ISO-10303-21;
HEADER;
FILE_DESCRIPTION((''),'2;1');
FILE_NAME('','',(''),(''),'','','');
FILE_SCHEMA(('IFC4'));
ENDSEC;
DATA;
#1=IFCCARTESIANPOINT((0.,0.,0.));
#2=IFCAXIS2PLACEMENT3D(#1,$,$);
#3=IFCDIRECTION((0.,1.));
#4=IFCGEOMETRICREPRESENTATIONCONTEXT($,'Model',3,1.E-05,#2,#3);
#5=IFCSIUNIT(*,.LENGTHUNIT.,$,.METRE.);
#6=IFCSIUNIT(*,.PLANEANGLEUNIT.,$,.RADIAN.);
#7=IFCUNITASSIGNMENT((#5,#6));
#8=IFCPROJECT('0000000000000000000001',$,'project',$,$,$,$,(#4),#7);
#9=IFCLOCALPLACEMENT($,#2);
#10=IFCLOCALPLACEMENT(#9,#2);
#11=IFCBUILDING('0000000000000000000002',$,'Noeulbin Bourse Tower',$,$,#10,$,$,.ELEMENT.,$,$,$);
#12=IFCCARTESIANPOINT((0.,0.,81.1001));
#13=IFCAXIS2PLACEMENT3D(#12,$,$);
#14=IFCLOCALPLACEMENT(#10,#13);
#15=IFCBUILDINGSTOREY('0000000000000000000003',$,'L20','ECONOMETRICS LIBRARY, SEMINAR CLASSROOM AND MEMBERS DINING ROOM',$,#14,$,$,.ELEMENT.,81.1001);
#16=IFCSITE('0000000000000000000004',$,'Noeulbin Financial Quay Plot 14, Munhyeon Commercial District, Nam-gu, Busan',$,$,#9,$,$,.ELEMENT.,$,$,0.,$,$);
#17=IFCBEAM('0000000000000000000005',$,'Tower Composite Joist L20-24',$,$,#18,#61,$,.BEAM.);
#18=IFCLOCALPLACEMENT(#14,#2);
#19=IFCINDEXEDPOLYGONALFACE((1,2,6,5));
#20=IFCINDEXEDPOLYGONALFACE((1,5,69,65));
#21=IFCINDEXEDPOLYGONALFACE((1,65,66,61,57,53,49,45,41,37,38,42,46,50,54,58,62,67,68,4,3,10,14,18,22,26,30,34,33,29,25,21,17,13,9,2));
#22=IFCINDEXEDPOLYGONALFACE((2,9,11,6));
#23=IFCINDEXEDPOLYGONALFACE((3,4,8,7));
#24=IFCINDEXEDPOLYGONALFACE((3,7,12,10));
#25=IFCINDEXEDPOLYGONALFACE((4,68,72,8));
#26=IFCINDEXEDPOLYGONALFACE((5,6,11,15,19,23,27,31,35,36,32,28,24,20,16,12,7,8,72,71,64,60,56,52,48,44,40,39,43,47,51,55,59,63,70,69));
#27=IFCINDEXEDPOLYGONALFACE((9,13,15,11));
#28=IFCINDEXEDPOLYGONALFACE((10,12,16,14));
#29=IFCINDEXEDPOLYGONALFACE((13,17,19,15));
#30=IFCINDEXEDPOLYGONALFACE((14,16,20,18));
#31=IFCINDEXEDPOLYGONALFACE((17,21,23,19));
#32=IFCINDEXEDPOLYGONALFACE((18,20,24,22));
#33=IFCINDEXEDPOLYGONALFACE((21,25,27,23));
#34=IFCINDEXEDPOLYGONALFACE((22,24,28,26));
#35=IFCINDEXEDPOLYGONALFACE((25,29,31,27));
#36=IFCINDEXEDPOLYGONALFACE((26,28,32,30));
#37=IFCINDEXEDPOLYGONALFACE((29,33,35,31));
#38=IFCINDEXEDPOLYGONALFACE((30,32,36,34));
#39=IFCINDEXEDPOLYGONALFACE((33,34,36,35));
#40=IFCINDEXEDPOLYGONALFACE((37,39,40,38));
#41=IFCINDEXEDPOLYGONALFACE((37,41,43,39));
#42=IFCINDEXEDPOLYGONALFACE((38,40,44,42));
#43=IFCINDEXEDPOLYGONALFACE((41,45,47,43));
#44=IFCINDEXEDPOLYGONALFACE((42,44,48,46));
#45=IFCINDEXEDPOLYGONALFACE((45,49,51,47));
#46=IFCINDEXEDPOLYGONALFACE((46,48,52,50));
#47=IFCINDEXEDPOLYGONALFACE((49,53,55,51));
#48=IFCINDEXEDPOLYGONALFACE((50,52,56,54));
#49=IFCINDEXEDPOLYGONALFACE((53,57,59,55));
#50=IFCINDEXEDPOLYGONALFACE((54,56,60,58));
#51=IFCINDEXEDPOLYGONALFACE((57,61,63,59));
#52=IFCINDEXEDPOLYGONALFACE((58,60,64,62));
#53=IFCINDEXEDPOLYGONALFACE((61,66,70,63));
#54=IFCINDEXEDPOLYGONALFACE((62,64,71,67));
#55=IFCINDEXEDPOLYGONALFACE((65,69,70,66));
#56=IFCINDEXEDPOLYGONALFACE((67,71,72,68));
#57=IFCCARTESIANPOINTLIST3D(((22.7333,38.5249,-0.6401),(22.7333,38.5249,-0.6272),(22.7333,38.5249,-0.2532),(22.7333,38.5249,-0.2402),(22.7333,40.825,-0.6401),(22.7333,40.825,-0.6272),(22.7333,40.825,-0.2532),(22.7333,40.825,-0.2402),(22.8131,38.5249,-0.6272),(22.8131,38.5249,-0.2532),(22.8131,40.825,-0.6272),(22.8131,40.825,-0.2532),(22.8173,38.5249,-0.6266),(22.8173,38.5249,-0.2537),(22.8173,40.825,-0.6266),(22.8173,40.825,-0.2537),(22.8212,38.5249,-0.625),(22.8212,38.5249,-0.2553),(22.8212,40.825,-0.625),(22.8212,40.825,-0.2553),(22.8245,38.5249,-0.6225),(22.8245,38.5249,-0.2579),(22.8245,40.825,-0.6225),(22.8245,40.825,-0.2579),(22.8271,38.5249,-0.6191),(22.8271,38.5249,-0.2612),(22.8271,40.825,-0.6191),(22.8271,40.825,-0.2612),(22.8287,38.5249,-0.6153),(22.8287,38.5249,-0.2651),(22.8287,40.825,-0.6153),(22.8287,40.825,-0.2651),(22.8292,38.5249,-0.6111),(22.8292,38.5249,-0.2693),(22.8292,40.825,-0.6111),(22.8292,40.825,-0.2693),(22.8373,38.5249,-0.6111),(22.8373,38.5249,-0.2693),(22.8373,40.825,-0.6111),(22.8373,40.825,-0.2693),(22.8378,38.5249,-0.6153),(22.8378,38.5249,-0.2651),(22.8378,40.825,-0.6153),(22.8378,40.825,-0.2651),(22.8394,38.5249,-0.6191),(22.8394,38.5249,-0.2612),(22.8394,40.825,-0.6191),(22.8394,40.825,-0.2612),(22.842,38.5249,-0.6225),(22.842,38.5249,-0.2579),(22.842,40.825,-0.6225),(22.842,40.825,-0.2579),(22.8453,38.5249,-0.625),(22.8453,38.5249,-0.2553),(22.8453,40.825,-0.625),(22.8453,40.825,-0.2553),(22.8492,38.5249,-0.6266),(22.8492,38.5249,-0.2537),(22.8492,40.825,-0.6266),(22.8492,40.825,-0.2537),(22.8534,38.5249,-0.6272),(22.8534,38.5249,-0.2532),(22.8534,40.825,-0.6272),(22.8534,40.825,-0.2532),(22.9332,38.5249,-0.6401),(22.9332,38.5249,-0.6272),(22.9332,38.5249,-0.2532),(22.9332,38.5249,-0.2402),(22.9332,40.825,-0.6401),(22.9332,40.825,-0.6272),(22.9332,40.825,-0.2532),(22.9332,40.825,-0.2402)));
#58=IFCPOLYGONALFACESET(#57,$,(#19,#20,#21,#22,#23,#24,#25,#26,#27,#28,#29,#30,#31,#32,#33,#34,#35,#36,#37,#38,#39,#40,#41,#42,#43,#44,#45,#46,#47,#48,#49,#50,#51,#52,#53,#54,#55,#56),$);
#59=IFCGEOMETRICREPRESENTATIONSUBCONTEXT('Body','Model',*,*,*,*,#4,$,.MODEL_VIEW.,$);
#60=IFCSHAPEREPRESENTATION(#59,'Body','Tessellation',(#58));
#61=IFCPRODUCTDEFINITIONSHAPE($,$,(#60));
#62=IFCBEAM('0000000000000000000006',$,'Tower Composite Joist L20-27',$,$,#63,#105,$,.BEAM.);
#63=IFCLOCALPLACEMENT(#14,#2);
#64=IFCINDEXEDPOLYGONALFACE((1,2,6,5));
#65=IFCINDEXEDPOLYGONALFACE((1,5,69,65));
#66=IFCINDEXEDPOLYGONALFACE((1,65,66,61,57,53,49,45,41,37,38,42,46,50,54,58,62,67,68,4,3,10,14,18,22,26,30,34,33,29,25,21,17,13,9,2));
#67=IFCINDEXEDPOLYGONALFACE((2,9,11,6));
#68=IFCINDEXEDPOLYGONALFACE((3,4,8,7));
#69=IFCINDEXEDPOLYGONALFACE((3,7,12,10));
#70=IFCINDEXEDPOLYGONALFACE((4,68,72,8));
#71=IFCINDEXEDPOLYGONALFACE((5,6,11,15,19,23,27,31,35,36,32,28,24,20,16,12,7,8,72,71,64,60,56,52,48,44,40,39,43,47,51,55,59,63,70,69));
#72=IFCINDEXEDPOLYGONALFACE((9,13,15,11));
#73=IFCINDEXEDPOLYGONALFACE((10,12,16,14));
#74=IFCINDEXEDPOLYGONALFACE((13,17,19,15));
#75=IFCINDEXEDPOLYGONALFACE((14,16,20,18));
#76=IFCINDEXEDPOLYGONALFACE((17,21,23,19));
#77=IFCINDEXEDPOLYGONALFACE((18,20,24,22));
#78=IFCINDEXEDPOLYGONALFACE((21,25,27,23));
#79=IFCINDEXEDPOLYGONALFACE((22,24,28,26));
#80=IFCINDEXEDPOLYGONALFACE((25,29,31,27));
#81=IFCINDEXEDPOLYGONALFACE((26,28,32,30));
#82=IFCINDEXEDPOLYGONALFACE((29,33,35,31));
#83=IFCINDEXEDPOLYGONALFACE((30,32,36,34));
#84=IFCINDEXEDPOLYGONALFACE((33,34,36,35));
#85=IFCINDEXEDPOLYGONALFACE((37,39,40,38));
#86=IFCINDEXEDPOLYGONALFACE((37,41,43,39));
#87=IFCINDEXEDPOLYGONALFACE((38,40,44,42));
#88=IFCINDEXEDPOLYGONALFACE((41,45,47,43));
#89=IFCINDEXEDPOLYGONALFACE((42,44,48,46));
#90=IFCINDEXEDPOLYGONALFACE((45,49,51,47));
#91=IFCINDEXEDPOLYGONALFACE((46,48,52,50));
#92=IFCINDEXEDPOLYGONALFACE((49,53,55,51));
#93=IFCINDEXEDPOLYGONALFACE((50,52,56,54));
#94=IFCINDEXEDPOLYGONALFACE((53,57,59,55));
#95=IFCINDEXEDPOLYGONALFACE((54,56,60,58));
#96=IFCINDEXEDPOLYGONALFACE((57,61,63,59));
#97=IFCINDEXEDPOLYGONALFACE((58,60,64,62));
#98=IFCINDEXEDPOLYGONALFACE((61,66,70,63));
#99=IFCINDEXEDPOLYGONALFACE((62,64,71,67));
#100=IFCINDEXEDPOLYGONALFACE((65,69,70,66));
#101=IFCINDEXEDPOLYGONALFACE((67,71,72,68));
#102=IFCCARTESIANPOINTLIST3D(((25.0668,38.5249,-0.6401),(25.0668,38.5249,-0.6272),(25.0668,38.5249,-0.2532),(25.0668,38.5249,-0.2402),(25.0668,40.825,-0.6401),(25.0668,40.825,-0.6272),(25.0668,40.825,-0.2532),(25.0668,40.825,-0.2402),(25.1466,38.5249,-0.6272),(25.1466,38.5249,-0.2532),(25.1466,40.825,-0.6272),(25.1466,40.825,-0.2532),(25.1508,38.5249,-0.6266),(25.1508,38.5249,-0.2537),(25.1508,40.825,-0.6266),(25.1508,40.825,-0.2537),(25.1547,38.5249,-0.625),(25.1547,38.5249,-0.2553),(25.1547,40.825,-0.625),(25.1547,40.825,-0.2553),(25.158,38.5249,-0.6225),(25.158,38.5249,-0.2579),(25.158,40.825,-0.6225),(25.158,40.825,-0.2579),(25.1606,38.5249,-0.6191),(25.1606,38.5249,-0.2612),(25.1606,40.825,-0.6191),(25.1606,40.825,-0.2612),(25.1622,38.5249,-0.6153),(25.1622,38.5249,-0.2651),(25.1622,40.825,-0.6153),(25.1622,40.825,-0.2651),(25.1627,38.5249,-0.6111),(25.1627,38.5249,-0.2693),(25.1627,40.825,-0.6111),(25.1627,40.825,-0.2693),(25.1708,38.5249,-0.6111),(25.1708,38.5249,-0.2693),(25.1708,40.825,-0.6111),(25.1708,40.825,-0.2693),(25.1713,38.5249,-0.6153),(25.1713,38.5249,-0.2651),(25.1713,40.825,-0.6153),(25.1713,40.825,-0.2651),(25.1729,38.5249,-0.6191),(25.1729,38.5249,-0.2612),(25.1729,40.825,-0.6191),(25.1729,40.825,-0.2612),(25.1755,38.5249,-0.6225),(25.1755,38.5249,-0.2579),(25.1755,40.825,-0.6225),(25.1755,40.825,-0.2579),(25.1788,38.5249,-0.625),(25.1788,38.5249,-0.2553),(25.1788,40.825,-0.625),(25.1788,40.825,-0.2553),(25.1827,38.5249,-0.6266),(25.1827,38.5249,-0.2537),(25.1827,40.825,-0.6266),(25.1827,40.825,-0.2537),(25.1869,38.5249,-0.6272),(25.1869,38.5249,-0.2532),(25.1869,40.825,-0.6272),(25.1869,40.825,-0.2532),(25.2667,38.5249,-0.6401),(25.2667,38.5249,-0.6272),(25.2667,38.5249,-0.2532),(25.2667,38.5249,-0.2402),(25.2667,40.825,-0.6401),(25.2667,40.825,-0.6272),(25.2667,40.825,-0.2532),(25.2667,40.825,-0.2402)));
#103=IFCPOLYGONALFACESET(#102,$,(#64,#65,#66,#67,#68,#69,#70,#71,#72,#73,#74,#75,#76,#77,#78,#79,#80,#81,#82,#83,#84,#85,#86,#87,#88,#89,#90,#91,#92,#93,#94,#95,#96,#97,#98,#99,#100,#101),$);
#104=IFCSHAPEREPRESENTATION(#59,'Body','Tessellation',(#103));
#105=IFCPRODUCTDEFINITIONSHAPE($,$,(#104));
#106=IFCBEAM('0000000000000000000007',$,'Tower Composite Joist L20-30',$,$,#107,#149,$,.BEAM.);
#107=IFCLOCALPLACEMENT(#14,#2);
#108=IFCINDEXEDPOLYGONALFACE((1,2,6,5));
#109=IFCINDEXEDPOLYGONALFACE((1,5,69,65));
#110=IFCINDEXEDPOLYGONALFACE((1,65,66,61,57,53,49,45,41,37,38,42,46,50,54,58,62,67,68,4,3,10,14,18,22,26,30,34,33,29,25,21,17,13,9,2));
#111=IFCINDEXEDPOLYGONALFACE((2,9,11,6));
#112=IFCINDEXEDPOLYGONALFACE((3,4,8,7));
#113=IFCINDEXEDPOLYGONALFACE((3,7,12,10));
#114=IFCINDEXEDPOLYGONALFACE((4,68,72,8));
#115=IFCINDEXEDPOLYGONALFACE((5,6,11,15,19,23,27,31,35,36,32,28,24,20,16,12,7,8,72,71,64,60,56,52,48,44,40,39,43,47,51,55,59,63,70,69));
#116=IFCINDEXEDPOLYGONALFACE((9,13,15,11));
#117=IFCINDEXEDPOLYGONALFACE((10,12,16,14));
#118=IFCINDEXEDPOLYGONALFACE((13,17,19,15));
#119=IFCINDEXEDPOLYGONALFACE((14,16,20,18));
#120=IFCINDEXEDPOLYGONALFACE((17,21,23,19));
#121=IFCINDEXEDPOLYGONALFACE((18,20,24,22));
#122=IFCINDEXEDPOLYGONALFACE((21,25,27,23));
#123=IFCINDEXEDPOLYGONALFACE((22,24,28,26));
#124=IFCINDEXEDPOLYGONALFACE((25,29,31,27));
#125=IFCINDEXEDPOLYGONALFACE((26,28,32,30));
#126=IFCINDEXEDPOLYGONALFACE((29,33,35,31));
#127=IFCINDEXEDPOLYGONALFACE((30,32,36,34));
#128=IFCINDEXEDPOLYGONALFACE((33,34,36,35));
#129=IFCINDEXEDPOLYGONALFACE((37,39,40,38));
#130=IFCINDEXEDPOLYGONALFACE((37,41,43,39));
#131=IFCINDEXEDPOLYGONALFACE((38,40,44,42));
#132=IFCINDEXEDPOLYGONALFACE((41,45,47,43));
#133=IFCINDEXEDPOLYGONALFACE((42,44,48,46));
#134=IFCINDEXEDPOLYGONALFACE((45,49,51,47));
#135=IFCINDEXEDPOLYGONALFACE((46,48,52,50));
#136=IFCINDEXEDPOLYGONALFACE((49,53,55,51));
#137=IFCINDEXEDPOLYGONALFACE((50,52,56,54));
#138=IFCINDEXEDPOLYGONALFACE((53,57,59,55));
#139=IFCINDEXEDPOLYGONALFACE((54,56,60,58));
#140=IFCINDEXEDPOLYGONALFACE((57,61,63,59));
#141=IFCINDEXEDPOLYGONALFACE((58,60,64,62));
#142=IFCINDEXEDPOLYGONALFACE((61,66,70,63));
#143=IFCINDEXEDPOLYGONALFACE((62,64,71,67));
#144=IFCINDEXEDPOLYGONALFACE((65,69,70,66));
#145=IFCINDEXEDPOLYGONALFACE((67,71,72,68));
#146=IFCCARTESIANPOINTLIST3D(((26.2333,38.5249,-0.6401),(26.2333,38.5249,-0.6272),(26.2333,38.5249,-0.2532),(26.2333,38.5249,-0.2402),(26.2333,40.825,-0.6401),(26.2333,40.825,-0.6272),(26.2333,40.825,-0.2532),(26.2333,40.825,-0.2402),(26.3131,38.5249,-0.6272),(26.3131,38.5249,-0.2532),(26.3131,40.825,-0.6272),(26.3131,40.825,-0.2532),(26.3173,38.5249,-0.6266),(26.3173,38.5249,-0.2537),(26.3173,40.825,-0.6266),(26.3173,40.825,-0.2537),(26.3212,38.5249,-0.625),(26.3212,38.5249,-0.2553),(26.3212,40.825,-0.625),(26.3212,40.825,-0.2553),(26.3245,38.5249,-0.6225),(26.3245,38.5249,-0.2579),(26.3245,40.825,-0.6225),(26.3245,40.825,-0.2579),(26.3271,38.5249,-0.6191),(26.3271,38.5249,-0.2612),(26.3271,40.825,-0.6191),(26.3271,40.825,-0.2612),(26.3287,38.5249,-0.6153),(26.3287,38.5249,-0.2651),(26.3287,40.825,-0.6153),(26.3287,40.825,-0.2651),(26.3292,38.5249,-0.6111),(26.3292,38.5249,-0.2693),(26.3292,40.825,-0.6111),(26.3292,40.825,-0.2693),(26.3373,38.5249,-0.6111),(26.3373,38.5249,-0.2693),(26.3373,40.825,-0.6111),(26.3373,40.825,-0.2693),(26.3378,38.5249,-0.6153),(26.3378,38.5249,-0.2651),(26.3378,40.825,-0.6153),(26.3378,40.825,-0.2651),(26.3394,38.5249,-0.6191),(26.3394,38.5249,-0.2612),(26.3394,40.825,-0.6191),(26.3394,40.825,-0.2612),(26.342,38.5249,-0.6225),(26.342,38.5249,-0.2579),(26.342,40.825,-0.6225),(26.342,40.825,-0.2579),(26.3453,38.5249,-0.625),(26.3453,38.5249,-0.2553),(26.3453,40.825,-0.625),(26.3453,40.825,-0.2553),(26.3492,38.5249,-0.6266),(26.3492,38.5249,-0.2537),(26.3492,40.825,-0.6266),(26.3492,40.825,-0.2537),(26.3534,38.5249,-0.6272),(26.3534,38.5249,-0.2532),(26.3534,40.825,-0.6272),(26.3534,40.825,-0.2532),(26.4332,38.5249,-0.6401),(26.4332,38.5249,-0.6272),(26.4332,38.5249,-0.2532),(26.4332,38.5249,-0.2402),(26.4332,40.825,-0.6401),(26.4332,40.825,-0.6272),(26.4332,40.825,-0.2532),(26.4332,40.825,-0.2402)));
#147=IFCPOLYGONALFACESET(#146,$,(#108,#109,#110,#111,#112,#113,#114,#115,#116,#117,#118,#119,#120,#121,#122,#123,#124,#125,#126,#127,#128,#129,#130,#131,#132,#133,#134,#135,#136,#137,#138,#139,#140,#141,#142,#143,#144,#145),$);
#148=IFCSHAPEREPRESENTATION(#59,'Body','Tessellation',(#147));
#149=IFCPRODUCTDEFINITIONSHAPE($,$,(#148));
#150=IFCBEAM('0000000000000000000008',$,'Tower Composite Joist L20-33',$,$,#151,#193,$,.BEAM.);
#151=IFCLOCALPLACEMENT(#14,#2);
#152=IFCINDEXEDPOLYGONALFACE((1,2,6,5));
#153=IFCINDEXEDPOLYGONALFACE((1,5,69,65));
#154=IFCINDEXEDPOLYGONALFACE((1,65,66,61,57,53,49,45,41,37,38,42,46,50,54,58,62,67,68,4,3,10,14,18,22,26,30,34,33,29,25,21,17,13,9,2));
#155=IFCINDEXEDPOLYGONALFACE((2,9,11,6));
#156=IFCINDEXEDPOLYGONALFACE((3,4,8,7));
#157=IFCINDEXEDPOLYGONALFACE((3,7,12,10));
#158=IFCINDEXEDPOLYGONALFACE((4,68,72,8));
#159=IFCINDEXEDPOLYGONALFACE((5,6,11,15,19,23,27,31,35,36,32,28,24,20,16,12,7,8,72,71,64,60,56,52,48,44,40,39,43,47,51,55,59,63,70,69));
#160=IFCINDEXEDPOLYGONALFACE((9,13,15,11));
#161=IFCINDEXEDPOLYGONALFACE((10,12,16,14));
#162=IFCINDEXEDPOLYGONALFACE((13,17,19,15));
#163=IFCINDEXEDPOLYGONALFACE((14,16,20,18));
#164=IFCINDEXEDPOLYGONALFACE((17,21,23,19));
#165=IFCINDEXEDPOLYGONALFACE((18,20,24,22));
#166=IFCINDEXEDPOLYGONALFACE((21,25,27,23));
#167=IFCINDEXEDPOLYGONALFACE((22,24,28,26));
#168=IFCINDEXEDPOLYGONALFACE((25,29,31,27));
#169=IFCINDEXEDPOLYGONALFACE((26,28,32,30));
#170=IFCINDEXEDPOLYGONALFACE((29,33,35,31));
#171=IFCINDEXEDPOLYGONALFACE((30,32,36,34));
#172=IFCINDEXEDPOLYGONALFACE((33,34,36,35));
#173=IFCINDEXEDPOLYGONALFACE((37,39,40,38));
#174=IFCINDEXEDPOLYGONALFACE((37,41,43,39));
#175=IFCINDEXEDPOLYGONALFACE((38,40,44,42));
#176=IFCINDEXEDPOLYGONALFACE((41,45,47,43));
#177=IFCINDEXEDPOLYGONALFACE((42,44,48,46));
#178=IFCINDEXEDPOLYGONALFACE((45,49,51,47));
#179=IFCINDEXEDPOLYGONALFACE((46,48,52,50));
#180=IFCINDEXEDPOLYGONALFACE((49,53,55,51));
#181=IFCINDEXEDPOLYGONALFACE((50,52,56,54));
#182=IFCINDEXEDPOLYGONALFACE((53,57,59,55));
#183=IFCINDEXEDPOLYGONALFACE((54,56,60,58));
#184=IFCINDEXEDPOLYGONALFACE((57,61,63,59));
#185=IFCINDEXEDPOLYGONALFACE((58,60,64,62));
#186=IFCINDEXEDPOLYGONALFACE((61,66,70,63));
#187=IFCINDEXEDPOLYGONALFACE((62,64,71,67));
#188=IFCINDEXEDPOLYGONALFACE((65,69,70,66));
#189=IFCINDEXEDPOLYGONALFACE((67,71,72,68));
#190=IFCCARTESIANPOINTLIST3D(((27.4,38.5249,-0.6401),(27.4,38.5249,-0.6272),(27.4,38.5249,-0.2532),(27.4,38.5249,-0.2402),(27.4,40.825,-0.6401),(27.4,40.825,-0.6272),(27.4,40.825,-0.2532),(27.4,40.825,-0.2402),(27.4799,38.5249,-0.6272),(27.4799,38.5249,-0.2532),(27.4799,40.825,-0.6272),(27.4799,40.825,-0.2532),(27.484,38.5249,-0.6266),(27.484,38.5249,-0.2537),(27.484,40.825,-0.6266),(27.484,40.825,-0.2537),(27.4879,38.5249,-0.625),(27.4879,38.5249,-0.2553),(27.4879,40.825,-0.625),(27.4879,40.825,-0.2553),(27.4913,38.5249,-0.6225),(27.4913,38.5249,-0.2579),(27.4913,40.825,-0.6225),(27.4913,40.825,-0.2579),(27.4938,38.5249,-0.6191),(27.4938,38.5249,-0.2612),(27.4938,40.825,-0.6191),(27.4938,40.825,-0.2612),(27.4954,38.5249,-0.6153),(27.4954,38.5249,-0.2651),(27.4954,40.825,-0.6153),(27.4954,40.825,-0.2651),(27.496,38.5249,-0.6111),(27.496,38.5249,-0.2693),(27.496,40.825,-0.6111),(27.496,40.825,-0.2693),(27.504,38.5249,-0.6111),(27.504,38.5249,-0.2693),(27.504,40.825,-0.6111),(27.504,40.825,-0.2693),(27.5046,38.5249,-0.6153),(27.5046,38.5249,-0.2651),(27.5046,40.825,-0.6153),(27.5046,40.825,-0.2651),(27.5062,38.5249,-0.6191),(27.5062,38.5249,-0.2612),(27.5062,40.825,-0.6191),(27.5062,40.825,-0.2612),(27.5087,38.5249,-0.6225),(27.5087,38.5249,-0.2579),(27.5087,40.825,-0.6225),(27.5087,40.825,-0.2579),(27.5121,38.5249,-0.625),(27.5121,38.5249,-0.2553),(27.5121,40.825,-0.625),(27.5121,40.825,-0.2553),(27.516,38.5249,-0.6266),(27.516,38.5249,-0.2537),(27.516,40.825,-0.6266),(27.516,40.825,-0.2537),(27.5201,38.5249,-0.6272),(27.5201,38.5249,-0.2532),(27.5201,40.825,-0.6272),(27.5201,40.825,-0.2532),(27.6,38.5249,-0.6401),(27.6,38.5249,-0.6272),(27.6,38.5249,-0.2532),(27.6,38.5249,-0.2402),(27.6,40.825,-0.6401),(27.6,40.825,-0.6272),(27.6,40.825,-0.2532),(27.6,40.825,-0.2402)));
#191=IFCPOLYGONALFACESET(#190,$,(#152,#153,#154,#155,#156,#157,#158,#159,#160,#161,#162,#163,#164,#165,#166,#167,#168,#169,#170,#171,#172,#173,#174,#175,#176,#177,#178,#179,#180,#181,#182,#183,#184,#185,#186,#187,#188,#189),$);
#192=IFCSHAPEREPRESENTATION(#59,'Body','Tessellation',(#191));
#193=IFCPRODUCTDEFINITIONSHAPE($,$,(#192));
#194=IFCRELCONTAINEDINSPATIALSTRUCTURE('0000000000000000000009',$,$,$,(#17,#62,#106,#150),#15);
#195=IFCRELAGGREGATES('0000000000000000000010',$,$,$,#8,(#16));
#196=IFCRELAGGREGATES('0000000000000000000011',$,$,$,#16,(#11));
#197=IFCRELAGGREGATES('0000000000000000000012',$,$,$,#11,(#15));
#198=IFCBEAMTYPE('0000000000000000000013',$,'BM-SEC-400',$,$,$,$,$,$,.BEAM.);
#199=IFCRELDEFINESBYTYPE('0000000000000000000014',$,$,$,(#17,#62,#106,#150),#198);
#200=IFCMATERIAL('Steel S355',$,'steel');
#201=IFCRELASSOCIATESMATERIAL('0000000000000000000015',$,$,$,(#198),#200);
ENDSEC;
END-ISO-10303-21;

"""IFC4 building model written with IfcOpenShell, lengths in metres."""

from ifc_helpers import new_model, si_unit, direction, frame, origin, origin_2d, place, context, subcontext, project, spatial, i_section, extrude, material, material_profile, profile_set, type_object, element, save


model = new_model("IFC4")

# Units and contexts
model_context = context("Model", 3, precision=1e-05, world=origin(), true_north=direction((0.0, 1.0)))
body_context = subcontext(model_context, "Body", "Model", "MODEL_VIEW")
ifc_project = project(units=[si_unit("LENGTHUNIT", "METRE"), si_unit("PLANEANGLEUNIT", "RADIAN")], contexts=[model_context])

# Site, building, storey
site_placement = place(None, origin())
site = spatial("IfcSite", under=ifc_project, at=site_placement, Name="Noeulbin Financial Quay Plot 14, Munhyeon Commercial District, Nam-gu, Busan", CompositionType="ELEMENT", RefElevation=0.0)
building_placement = place(site_placement, origin())
building = spatial("IfcBuilding", under=site, at=building_placement, Name="Noeulbin Bourse Tower", CompositionType="ELEMENT")
storey_placement = place(building_placement, frame((0.0, 0.0, 81.1001)))
storey = spatial("IfcBuildingStorey", under=building, at=storey_placement, Name="L20", Description="ECONOMETRICS LIBRARY, SEMINAR CLASSROOM AND MEMBERS DINING ROOM", CompositionType="ELEMENT", Elevation=81.1001)

# Beams
ifc_material_1 = material(Name="Steel S355", Category="steel")
ifc_material_profile_1 = material_profile(ifc_material_1, i_section(OverallWidth=0.2, OverallDepth=0.3999, WebThickness=0.0081, FlangeThickness=0.0129, FilletRadius=0.0161, at=origin_2d()), Name="H-400x200x8x13", Category="LoadBearing")
ifc_profile_set_1 = profile_set([ifc_material_profile_1], Name="Steel S355")
beam_type_1 = type_object("IfcBeamType", Name="BM-SEC-400", PredefinedType="BEAM", material=ifc_profile_set_1)
for number, where, z_axis, x_axis, name in (
    (1, (22.8333, 38.5249, -0.4402), (0.0, 1.0, 0.0), (-1.0, 0.0, 0.0), "Tower Composite Joist L20-24"),
    (2, (25.1667, 38.5249, -0.4402), (0.0, 1.0, 0.0), (-1.0, 0.0, 0.0), "Tower Composite Joist L20-27"),
    (3, (26.3333, 38.5249, -0.4402), (0.0, 1.0, 0.0), (-1.0, 0.0, 0.0), "Tower Composite Joist L20-30"),
    (4, (27.5, 38.5249, -0.4402), (0.0, 1.0, 0.0), (-1.0, 0.0, 0.0), "Tower Composite Joist L20-33"),
):
    element("IfcBeam", number, at=place(storey_placement, frame(where, z_axis=z_axis, x_axis=x_axis)), inside=storey, type_object=beam_type_1, Name=name, PredefinedType="BEAM", context=body_context, shape_type="SweptSolid", body=[
        extrude(i_section(OverallWidth=0.2, OverallDepth=0.3999, WebThickness=0.0081, FlangeThickness=0.0129, FilletRadius=0.0161, at=origin_2d()), origin(), (0.0, 0.0, 1.0), 2.3),
    ])

save(model, "model.ifc")
